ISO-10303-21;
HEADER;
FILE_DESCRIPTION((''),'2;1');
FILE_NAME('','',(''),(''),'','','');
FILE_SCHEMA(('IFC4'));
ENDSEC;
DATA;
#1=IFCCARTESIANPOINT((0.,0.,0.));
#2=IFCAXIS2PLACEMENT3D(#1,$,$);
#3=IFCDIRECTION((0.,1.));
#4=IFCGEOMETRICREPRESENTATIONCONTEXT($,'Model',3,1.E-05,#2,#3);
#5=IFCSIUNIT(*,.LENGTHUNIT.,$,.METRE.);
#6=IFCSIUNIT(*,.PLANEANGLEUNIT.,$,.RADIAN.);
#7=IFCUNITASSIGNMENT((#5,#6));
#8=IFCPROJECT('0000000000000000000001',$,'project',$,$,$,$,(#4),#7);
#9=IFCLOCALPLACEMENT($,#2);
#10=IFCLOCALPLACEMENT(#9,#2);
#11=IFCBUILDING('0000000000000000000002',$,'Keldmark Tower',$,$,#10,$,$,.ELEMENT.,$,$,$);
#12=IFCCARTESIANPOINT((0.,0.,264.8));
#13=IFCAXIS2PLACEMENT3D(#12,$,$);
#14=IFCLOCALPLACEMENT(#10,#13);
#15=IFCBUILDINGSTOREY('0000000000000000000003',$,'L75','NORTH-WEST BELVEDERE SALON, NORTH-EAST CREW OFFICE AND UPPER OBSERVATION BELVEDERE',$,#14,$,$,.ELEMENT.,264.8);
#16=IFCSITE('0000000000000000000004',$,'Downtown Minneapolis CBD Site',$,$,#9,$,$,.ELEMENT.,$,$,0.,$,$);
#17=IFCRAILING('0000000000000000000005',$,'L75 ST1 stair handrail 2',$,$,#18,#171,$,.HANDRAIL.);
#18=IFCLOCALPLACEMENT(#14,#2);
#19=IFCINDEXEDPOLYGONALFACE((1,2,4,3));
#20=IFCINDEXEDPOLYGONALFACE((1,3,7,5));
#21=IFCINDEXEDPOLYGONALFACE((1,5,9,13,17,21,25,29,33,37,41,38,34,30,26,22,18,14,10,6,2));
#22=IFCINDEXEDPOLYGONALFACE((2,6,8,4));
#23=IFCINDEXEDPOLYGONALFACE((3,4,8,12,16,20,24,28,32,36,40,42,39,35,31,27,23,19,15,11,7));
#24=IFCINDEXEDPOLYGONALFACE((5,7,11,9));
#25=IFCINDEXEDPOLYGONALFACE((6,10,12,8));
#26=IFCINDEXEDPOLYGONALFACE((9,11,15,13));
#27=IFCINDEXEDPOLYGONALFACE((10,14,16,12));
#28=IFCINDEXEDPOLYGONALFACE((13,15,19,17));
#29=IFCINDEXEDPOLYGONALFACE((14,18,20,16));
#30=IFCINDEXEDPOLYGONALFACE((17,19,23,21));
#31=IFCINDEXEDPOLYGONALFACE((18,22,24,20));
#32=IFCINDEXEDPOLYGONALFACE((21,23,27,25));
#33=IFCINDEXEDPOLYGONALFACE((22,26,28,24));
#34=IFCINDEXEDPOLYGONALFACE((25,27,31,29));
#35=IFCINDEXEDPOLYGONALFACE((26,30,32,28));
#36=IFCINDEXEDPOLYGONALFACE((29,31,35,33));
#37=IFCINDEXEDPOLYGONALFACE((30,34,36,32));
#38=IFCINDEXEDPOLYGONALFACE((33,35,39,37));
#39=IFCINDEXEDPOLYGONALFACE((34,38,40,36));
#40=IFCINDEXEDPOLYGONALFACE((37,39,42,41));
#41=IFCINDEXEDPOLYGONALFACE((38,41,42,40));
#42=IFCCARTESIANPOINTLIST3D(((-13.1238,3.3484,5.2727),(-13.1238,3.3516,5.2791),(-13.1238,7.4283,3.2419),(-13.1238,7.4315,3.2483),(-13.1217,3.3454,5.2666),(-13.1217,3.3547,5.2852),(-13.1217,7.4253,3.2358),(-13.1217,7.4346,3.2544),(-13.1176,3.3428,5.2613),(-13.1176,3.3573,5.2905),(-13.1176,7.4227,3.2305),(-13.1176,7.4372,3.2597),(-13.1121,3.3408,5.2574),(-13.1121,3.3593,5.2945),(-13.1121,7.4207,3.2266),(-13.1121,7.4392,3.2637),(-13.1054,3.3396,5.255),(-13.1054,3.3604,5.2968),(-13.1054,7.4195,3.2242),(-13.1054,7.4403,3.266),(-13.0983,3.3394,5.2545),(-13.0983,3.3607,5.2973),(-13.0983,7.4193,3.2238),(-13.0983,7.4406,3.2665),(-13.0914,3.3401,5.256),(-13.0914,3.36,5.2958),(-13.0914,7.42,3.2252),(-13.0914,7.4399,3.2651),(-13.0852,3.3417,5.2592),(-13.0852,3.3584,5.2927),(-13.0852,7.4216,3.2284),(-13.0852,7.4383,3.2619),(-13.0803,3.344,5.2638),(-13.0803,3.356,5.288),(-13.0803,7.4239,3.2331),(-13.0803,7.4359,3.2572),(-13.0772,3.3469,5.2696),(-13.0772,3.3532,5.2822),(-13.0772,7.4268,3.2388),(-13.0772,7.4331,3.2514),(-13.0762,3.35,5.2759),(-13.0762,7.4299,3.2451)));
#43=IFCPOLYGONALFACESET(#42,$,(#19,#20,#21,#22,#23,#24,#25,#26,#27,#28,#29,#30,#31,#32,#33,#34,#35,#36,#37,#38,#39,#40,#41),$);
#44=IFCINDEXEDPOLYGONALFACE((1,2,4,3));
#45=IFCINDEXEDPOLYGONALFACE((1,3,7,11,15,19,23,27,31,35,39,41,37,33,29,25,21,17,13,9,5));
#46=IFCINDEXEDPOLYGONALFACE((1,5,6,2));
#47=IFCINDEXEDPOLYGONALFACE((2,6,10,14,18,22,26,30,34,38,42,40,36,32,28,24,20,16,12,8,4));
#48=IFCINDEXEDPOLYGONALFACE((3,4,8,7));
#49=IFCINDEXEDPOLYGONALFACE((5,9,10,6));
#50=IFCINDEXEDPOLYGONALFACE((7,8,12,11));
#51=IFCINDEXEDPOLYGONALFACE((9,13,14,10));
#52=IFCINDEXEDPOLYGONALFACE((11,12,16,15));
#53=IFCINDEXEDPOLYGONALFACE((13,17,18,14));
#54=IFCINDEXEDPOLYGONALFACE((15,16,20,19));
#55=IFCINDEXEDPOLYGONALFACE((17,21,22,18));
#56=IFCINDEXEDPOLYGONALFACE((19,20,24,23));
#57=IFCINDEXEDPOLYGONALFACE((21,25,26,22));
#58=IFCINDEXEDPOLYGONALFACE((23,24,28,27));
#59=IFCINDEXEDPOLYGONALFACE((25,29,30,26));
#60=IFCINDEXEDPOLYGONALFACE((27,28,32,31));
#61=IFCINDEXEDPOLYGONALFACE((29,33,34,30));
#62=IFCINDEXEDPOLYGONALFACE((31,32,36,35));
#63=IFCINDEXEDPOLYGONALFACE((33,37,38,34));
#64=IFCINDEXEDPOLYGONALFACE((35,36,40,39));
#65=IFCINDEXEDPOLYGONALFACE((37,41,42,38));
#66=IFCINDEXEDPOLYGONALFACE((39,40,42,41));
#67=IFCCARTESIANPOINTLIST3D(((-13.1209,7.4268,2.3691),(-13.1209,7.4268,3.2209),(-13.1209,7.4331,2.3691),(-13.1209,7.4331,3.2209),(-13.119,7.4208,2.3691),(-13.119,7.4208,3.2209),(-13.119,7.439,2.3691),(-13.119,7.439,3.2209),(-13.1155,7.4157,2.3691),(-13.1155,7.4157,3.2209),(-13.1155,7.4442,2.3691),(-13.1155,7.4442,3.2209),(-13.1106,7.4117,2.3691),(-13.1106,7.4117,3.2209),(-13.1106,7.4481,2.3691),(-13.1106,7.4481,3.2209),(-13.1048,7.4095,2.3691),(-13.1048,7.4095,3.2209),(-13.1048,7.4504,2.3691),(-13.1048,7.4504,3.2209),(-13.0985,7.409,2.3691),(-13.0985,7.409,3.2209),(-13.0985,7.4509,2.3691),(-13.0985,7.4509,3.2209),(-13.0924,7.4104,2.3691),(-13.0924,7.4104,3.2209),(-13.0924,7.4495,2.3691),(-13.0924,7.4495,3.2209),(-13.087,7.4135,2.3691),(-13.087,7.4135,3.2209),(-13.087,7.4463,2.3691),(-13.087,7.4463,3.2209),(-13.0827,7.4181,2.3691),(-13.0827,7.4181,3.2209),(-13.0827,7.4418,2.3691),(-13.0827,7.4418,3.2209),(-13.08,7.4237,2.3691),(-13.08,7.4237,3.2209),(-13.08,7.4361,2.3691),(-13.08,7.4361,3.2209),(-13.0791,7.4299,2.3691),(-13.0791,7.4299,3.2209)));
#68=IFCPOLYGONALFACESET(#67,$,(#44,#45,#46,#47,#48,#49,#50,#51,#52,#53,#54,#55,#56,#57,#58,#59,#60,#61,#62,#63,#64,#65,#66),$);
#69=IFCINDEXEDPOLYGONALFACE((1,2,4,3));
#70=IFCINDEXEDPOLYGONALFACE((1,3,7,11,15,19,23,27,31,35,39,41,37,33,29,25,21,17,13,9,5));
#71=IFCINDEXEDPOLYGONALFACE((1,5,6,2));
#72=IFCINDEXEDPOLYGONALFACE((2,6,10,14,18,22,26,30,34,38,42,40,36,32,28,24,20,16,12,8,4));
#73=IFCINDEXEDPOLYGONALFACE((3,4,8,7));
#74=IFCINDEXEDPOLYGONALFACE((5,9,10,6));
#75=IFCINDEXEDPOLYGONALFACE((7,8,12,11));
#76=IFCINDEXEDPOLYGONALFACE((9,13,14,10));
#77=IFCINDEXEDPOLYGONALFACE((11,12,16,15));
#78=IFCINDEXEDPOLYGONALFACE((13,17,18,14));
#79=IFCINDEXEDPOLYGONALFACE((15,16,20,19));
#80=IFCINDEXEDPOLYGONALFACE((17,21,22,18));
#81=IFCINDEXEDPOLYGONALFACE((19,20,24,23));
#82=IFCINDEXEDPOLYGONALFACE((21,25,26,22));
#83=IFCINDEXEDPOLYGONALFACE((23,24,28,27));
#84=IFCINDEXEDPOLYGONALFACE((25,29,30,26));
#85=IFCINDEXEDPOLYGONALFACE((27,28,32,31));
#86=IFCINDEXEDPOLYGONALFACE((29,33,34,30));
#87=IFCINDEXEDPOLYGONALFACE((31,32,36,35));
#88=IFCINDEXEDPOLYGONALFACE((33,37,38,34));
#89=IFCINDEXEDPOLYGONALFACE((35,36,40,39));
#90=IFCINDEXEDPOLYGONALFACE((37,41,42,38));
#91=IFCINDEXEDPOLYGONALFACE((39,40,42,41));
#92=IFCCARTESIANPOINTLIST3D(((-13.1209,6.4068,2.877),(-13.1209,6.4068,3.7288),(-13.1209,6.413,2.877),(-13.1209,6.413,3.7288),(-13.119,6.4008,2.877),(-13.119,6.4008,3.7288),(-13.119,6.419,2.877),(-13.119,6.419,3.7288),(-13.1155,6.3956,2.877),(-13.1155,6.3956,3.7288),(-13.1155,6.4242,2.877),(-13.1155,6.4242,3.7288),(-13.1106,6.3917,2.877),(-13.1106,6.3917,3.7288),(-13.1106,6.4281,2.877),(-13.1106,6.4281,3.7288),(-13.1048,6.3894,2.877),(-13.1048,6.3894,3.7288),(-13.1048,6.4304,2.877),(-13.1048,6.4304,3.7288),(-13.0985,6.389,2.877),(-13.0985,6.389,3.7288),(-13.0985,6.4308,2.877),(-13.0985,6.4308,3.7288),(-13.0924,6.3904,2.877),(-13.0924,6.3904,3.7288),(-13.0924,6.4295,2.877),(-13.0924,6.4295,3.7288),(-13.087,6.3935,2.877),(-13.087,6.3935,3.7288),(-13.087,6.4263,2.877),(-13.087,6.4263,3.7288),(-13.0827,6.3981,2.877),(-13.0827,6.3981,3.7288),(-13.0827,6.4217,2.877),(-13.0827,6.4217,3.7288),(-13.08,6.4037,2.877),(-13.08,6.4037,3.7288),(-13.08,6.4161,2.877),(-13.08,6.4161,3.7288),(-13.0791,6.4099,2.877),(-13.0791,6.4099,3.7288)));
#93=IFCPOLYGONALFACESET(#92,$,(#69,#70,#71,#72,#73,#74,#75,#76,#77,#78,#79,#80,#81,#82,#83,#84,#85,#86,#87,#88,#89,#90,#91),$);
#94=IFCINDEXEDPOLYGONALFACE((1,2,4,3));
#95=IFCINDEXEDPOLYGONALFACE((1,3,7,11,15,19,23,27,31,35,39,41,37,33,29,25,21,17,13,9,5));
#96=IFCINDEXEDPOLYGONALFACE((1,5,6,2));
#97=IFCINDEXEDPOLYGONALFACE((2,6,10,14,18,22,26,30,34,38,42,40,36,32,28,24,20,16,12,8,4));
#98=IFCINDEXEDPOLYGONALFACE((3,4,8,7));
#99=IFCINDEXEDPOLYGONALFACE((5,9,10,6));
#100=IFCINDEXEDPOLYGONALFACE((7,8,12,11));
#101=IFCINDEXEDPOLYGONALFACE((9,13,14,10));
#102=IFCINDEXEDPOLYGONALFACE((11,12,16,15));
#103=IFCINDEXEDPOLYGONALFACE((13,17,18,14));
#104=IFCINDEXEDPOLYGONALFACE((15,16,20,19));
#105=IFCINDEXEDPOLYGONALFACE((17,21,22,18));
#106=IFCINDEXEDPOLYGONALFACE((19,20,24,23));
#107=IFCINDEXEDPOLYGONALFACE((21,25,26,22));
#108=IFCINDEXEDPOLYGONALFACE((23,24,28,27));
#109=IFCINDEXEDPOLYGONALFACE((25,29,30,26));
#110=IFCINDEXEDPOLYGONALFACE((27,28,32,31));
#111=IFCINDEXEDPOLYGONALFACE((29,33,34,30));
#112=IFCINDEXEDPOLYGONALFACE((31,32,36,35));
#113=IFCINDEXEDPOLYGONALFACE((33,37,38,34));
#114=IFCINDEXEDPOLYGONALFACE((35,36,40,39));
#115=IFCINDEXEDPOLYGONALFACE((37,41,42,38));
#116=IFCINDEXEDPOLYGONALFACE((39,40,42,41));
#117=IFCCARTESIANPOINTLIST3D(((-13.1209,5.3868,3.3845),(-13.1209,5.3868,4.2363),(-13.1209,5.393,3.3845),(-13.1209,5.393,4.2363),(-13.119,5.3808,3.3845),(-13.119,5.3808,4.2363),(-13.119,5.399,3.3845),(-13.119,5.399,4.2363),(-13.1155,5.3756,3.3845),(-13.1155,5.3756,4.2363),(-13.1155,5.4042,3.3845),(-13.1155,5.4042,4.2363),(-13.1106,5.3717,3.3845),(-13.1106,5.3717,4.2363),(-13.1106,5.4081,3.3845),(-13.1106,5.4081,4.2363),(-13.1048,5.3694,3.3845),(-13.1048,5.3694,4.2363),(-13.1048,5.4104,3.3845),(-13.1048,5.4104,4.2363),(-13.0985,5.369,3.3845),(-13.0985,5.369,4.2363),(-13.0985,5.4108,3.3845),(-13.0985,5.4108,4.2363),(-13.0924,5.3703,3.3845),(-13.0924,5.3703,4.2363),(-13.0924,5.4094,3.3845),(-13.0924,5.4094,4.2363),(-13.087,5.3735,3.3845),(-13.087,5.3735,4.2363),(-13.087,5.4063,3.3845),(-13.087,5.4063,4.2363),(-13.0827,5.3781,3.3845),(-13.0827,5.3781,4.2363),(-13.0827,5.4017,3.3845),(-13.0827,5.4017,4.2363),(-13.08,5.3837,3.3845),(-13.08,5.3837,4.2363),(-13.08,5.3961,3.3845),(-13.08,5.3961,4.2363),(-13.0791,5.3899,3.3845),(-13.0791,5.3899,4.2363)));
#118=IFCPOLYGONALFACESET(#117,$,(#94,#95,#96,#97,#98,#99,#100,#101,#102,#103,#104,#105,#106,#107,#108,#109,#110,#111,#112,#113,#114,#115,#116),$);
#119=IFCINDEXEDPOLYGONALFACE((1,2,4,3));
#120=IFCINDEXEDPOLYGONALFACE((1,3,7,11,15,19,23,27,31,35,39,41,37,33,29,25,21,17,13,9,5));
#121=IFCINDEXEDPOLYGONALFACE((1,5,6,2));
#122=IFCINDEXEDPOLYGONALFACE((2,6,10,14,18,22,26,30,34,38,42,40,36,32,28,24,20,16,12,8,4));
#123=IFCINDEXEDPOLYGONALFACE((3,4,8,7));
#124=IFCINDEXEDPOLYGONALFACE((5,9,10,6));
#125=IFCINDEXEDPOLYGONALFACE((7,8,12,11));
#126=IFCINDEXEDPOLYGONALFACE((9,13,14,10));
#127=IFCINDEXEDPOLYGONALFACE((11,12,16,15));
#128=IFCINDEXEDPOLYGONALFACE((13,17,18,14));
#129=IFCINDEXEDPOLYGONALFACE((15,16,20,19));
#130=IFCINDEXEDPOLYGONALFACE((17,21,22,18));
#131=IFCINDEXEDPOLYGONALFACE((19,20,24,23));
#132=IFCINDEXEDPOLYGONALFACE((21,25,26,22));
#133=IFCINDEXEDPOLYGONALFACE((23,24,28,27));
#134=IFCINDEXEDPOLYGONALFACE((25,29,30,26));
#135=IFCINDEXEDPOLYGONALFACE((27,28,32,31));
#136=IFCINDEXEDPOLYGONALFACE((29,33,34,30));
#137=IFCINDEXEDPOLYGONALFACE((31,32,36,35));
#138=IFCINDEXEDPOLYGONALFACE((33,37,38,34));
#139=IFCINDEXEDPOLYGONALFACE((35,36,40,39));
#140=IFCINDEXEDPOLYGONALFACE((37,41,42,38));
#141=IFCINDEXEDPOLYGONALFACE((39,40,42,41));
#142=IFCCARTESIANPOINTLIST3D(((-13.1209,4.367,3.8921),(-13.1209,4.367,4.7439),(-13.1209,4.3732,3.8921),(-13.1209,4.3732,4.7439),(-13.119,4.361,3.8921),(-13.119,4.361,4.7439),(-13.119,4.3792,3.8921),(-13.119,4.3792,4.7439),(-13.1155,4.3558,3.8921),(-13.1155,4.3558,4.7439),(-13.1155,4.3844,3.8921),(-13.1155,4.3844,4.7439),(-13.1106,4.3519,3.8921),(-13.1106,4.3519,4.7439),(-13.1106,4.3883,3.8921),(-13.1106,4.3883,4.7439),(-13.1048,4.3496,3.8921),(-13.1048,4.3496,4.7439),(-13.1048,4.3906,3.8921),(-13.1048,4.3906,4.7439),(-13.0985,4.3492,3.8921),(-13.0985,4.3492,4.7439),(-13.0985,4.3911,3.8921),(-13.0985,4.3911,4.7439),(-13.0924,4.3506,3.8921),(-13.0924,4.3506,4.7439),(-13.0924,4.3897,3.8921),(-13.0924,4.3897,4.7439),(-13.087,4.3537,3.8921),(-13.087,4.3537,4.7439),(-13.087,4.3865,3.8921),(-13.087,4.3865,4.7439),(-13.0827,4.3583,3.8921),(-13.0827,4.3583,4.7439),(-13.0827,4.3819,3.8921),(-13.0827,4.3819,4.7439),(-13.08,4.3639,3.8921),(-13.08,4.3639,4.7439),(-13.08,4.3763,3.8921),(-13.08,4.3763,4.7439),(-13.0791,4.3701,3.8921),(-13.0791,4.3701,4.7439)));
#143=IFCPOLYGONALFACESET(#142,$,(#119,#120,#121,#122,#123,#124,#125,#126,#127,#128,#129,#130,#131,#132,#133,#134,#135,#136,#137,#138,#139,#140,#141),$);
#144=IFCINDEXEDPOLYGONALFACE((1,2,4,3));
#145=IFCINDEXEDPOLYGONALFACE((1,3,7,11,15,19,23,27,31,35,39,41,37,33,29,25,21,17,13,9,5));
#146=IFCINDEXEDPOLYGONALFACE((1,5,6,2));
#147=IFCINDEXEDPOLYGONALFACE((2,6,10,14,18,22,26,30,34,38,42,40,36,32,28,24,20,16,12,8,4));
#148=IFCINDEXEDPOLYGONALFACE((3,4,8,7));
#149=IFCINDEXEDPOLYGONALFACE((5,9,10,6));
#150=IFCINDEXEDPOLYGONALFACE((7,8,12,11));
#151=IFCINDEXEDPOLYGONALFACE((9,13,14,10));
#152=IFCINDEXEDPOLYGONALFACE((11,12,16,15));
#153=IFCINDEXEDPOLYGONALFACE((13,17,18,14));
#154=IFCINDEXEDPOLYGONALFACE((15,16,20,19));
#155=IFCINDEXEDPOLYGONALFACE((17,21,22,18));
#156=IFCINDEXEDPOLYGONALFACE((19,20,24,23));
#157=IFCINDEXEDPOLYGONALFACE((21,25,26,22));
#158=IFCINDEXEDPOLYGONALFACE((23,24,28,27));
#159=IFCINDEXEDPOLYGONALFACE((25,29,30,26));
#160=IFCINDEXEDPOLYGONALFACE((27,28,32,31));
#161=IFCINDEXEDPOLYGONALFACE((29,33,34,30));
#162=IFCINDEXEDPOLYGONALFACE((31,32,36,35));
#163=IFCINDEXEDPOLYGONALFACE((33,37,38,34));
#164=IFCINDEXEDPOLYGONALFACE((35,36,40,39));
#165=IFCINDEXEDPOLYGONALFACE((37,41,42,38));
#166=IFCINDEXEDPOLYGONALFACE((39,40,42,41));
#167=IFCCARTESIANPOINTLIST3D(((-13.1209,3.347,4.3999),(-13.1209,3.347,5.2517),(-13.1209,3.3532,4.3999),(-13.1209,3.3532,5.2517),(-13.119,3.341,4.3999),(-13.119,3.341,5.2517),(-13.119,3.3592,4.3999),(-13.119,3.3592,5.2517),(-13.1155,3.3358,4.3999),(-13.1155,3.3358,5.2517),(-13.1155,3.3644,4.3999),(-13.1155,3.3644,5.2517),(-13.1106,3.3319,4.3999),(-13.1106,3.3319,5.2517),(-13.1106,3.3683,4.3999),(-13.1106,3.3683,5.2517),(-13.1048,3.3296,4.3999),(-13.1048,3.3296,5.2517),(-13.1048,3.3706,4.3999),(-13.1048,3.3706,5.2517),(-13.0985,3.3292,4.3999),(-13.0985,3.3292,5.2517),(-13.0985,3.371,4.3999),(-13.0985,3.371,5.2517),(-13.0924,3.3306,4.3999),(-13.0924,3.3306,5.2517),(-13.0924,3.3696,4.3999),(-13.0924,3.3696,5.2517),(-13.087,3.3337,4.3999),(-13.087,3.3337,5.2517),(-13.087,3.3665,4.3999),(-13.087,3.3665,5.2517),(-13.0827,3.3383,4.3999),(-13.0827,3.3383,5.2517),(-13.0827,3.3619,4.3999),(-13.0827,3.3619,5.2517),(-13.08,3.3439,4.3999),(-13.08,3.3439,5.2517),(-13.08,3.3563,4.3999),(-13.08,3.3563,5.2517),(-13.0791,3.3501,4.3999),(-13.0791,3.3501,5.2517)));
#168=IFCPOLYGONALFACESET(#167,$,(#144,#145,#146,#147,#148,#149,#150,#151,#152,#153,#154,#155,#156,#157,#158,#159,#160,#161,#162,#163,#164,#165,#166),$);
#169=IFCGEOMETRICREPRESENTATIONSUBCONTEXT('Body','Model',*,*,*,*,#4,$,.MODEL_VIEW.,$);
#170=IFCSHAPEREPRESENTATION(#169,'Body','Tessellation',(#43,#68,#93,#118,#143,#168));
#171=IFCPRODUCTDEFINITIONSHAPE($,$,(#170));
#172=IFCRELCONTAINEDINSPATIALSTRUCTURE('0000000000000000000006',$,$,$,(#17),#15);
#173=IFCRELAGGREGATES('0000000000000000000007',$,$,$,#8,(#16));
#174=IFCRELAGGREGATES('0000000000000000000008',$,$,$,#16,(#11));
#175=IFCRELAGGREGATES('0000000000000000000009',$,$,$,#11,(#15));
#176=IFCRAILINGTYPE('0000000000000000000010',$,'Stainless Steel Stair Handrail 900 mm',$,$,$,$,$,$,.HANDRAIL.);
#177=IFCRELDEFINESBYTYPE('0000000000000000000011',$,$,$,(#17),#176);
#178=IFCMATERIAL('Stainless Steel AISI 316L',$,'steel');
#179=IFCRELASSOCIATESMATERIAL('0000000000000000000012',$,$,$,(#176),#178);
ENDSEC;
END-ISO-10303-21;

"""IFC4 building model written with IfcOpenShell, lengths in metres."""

from ifc_helpers import new_model, si_unit, direction, frame, origin, origin_2d, place, context, subcontext, project, spatial, circle, extrude, material, type_object, element, save


model = new_model("IFC4")

# Units and contexts
model_context = context("Model", 3, precision=1e-05, world=origin(), true_north=direction((0.0, 1.0)))
body_context = subcontext(model_context, "Body", "Model", "MODEL_VIEW")
ifc_project = project(units=[si_unit("LENGTHUNIT", "METRE"), si_unit("PLANEANGLEUNIT", "RADIAN")], contexts=[model_context])

# Site, building, storey
site_placement = place(None, origin())
site = spatial("IfcSite", under=ifc_project, at=site_placement, Name="Downtown Minneapolis CBD Site", CompositionType="ELEMENT", RefElevation=0.0)
building_placement = place(site_placement, origin())
building = spatial("IfcBuilding", under=site, at=building_placement, Name="Keldmark Tower", CompositionType="ELEMENT")
storey_placement = place(building_placement, frame((0.0, 0.0, 264.8)))
storey = spatial("IfcBuildingStorey", under=building, at=storey_placement, Name="L75", Description="NORTH-WEST BELVEDERE SALON, NORTH-EAST CREW OFFICE AND UPPER OBSERVATION BELVEDERE", CompositionType="ELEMENT", Elevation=264.8)

# Railing
ifc_material_1 = material(Name="Stainless Steel AISI 316L", Category="steel")
railing_type_1 = type_object("IfcRailingType", Name="Stainless Steel Stair Handrail 900 mm", PredefinedType="HANDRAIL", material=ifc_material_1)
railing_1_placement = place(storey_placement, frame((-13.1001, 7.4299, 2.3691)))
element("IfcRailing", 1, at=railing_1_placement, inside=storey, type_object=railing_type_1, Name="L75 ST1 stair handrail 2", PredefinedType="HANDRAIL", context=body_context, shape_type="SweptSolid", body=[
    extrude(circle(Radius=0.0239, at=origin_2d()), frame((0.0, 0.0, 0.876), z_axis=(0.0, -0.895229, 0.445606), x_axis=(1.0, 0.0, 0.0)), (0.0, 0.0, 1.0), 4.5574),
    extrude(circle(Radius=0.021, at=origin_2d()), origin(), (0.0, 0.0, 1.0), 0.8518),
    extrude(circle(Radius=0.021, at=origin_2d()), frame((0.0, -1.02, 0.5078)), (0.0, 0.0, 1.0), 0.8518),
    extrude(circle(Radius=0.021, at=origin_2d()), frame((0.0, -2.04, 1.0154)), (0.0, 0.0, 1.0), 0.8518),
    extrude(circle(Radius=0.021, at=origin_2d()), frame((0.0, -3.0598, 1.5229)), (0.0, 0.0, 1.0), 0.8518),
    extrude(circle(Radius=0.021, at=origin_2d()), frame((0.0, -4.0798, 2.0308)), (0.0, 0.0, 1.0), 0.8518),
])

save(model, "model.ifc")
